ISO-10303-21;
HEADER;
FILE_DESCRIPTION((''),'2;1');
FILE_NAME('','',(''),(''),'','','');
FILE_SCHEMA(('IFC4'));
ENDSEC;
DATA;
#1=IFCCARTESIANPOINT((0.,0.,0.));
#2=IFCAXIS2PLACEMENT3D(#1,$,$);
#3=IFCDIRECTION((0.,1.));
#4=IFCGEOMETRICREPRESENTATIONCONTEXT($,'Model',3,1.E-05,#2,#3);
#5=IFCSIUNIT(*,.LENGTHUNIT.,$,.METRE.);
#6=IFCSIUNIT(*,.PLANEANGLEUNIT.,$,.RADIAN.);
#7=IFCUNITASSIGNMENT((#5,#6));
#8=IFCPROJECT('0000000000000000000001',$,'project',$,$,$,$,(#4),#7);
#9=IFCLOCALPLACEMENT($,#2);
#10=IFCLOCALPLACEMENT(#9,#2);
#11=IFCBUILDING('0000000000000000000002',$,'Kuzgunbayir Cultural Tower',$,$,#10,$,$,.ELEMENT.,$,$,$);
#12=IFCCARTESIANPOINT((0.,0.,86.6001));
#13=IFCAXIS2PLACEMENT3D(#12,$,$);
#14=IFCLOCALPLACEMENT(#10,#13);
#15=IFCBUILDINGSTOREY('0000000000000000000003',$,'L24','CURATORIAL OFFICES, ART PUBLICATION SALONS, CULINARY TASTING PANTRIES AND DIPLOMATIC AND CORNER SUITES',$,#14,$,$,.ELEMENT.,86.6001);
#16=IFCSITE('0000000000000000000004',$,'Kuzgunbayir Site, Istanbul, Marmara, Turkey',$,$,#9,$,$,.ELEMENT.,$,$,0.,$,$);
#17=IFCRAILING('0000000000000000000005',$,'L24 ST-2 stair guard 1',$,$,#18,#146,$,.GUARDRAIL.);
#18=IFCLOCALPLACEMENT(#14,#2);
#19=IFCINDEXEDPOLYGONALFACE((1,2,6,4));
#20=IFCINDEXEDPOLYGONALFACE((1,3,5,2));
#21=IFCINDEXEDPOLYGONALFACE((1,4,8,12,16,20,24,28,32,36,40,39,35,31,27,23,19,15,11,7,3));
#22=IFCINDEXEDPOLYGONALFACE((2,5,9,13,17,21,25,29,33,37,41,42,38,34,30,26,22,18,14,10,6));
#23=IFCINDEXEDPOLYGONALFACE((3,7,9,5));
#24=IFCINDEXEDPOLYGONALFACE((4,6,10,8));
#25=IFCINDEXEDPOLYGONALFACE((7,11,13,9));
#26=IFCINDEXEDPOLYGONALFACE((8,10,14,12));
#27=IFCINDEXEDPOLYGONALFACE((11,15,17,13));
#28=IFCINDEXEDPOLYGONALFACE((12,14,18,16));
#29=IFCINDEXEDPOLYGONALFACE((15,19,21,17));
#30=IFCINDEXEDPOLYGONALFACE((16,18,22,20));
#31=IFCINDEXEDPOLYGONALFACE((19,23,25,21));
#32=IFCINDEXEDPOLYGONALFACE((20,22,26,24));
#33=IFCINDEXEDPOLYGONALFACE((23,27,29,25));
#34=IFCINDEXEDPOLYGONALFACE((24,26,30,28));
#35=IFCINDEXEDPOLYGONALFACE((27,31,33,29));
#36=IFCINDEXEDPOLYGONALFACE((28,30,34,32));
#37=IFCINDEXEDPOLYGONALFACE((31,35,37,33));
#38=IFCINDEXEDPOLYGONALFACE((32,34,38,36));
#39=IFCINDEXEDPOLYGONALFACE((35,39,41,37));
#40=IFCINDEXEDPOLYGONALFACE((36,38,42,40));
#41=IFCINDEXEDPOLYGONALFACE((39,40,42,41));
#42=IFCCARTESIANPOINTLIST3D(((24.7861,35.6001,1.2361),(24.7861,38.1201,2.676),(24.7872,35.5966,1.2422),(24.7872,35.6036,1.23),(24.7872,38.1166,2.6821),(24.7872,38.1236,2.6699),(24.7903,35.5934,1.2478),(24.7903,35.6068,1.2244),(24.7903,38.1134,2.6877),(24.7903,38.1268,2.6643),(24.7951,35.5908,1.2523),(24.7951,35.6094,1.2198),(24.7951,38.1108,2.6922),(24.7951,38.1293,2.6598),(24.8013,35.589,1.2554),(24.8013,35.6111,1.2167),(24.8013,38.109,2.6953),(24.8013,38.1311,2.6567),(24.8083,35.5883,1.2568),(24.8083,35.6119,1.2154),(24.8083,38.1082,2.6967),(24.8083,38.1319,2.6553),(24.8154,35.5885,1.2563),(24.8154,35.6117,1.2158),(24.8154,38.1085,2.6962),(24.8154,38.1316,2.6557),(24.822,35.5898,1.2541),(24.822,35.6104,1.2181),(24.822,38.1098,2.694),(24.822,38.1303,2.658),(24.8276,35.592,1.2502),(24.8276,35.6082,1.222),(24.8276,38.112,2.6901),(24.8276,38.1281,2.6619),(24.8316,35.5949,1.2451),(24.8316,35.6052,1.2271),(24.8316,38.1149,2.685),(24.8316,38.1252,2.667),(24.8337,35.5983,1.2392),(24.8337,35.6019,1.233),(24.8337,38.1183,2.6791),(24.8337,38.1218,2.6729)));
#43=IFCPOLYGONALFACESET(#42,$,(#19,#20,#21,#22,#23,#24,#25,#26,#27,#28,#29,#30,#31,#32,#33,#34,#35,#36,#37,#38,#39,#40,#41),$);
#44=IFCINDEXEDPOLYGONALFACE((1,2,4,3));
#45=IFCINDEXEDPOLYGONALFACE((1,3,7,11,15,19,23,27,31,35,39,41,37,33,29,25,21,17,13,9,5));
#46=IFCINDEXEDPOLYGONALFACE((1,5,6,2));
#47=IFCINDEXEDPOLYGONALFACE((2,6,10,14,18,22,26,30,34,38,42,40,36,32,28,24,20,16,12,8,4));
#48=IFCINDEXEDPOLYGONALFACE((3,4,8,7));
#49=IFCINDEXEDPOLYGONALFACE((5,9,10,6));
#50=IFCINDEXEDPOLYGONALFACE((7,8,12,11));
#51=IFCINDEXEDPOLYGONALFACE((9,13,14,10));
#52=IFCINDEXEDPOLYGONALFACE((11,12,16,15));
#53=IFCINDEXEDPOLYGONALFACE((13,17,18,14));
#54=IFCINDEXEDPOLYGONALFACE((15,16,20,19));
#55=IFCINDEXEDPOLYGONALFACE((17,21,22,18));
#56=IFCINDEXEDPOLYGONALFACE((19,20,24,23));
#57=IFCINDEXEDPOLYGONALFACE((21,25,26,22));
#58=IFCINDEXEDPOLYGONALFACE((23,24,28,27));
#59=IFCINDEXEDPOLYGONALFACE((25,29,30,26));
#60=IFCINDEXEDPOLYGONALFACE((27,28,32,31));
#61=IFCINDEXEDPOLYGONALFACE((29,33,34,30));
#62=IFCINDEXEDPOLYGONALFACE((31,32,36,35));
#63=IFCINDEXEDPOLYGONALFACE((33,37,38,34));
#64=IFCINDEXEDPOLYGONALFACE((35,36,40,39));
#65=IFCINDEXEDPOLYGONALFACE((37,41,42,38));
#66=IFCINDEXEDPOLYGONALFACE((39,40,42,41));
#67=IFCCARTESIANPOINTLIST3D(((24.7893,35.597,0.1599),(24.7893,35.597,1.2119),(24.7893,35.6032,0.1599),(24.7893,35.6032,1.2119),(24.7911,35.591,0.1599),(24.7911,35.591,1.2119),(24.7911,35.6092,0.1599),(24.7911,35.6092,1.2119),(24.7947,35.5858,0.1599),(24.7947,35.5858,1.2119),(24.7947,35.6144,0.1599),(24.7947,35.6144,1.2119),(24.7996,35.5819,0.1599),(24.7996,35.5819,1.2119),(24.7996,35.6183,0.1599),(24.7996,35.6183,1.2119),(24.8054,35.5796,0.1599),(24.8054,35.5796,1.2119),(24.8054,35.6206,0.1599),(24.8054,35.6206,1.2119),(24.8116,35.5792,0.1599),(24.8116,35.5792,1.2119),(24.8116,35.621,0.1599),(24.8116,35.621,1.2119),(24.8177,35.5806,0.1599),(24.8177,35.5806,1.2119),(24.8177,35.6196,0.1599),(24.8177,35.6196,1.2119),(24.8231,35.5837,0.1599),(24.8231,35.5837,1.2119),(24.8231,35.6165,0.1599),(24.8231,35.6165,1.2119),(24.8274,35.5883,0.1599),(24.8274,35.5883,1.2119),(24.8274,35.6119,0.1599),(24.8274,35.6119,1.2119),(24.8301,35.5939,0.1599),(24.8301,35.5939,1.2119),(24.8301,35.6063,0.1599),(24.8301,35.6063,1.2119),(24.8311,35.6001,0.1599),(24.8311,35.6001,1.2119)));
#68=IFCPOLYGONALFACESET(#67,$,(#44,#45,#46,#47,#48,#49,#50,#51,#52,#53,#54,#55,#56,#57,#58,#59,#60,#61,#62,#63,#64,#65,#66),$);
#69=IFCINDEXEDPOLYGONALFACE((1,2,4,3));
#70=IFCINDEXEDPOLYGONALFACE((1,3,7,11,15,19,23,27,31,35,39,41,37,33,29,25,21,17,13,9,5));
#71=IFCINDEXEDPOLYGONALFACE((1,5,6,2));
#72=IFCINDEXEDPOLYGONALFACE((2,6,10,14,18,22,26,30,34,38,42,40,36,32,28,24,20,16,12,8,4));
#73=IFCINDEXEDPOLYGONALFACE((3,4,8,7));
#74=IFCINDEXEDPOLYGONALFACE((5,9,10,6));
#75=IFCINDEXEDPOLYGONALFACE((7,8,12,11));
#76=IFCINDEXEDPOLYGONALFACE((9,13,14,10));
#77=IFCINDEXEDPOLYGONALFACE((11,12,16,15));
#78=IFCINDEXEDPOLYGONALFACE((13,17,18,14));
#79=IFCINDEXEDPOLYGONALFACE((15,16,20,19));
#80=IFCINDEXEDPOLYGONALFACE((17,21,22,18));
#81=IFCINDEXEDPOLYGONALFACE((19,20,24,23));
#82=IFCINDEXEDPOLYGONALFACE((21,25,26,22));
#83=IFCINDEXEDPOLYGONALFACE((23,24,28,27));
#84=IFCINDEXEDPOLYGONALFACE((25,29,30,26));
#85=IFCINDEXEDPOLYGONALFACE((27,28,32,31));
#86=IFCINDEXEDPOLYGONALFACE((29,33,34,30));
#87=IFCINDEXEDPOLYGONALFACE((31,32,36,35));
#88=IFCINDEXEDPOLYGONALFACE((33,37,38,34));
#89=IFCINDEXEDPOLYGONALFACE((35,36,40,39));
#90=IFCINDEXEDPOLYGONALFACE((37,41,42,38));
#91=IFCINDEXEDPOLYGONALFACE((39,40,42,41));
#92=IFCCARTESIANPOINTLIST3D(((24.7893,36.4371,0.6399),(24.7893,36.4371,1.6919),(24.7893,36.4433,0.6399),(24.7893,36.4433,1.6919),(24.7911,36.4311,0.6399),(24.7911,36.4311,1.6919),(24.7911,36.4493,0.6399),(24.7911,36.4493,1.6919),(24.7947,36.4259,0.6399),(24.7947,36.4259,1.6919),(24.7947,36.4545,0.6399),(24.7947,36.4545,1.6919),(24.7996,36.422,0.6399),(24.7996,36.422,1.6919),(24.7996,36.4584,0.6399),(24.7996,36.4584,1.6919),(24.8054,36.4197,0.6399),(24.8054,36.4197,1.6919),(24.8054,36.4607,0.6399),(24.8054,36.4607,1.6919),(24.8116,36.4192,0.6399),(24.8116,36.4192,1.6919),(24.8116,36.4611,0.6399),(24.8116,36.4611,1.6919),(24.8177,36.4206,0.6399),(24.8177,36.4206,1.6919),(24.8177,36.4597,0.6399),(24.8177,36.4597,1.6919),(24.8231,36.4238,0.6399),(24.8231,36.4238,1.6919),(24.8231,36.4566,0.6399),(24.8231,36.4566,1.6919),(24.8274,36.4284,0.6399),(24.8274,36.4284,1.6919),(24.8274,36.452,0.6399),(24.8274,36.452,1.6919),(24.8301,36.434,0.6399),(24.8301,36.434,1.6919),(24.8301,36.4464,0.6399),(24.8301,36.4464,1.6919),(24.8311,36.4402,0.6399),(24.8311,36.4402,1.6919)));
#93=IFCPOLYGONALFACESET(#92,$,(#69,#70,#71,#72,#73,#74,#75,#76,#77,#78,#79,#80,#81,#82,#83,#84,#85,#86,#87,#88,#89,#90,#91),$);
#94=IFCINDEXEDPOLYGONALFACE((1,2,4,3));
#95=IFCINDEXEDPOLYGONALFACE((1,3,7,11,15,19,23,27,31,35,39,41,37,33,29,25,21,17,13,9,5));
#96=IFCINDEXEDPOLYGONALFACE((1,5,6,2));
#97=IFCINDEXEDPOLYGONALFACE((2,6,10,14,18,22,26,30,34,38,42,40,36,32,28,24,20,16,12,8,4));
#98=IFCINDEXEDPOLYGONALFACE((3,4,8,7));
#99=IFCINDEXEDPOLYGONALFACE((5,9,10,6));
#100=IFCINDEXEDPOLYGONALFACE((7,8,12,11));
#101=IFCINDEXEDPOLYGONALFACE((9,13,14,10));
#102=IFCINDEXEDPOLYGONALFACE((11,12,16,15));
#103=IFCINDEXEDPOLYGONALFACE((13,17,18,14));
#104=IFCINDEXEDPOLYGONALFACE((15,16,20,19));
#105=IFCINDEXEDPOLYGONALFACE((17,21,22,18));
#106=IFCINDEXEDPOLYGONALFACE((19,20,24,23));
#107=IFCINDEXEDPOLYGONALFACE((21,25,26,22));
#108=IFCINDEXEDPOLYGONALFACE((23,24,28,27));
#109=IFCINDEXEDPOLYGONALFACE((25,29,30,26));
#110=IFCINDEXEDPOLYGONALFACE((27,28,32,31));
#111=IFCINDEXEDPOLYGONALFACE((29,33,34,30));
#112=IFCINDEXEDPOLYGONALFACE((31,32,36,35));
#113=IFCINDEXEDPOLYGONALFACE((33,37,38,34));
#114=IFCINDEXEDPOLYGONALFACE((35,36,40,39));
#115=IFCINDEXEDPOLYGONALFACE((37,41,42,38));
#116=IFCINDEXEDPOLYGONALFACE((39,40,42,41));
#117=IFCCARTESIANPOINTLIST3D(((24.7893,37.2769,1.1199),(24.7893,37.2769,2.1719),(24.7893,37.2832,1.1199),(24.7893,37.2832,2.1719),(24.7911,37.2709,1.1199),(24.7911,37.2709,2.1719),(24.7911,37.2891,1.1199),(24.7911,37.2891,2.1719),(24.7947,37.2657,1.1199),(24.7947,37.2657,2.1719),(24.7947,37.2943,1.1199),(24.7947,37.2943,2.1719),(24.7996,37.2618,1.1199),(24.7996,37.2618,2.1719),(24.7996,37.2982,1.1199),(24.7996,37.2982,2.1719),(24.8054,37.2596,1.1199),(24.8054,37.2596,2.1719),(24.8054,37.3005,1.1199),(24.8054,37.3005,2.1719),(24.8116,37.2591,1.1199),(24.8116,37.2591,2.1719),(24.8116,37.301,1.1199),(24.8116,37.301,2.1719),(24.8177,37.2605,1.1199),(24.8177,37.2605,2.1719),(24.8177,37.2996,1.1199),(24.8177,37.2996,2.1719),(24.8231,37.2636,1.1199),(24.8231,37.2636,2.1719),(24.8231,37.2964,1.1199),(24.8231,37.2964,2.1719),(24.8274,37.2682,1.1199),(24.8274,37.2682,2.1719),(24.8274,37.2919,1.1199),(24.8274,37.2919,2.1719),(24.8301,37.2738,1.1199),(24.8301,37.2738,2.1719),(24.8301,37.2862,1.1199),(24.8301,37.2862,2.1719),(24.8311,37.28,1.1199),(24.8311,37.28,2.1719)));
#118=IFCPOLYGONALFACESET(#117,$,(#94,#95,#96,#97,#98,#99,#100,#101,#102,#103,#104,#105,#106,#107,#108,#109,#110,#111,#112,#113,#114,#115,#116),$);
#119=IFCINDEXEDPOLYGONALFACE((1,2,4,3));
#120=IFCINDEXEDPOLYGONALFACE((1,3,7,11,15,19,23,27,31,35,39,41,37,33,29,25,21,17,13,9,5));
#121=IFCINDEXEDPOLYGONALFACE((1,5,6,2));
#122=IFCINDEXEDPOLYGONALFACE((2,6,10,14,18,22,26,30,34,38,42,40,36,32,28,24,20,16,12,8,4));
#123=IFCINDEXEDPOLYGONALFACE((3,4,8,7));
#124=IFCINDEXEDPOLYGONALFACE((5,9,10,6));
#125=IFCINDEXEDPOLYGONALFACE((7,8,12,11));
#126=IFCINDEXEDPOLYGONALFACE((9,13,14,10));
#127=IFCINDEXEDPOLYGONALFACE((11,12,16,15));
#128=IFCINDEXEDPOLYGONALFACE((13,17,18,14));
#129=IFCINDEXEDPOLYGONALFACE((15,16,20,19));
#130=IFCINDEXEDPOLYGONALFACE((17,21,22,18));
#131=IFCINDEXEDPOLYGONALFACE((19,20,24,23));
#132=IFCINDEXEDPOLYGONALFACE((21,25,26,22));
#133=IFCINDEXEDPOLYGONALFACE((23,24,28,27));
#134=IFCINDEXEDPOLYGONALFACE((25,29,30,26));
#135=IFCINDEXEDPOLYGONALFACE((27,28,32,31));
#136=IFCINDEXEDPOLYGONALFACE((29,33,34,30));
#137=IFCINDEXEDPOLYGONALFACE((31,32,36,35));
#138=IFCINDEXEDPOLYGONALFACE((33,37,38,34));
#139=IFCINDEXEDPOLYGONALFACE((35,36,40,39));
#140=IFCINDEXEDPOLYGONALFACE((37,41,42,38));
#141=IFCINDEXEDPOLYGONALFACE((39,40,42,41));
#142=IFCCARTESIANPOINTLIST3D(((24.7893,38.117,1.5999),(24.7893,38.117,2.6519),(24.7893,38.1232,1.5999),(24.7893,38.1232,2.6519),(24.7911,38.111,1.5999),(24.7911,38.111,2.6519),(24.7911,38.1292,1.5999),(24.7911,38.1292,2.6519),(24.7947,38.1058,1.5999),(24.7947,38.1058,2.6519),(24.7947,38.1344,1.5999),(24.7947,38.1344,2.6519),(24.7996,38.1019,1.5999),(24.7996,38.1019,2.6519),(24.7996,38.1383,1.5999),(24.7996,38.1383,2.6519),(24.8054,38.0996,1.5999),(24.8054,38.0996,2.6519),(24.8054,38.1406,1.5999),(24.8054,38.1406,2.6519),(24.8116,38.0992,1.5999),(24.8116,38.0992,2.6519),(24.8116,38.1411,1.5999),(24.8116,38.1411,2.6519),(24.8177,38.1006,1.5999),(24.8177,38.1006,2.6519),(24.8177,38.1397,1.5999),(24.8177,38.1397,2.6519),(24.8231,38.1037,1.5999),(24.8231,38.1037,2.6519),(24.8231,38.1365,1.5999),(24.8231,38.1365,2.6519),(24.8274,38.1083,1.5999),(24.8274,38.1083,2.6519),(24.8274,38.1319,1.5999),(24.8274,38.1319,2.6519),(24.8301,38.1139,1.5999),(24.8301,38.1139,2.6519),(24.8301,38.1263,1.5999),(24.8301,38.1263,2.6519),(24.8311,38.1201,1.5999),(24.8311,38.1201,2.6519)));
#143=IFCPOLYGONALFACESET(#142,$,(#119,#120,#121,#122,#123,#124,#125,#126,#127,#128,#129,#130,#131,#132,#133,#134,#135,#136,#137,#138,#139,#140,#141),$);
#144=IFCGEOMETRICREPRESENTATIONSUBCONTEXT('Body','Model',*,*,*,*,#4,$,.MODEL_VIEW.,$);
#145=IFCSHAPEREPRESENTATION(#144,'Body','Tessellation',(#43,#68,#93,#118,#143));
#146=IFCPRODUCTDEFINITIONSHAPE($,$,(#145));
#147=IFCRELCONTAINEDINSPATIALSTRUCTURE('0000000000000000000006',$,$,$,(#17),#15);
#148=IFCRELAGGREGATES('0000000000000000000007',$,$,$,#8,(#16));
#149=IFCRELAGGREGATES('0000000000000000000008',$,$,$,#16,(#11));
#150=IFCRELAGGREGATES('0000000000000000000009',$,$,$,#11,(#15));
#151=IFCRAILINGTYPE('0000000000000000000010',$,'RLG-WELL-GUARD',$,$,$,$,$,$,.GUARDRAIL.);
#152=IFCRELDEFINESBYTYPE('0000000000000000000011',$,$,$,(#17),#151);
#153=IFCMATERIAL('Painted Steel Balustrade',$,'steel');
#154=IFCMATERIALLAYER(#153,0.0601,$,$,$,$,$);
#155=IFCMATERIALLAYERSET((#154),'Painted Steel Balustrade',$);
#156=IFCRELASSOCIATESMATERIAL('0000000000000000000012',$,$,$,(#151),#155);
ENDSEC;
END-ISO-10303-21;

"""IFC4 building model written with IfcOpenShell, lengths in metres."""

from ifc_helpers import new_model, si_unit, direction, frame, origin, origin_2d, place, context, subcontext, project, spatial, circle, extrude, material, layer, layer_set, type_object, element, save


model = new_model("IFC4")

# Units and contexts
model_context = context("Model", 3, precision=1e-05, world=origin(), true_north=direction((0.0, 1.0)))
body_context = subcontext(model_context, "Body", "Model", "MODEL_VIEW")
ifc_project = project(units=[si_unit("LENGTHUNIT", "METRE"), si_unit("PLANEANGLEUNIT", "RADIAN")], contexts=[model_context])

# Site, building, storey
site_placement = place(None, origin())
site = spatial("IfcSite", under=ifc_project, at=site_placement, Name="Kuzgunbayir Site, Istanbul, Marmara, Turkey", CompositionType="ELEMENT", RefElevation=0.0)
building_placement = place(site_placement, origin())
building = spatial("IfcBuilding", under=site, at=building_placement, Name="Kuzgunbayir Cultural Tower", CompositionType="ELEMENT")
storey_placement = place(building_placement, frame((0.0, 0.0, 86.6001)))
storey = spatial("IfcBuildingStorey", under=building, at=storey_placement, Name="L24", Description="CURATORIAL OFFICES, ART PUBLICATION SALONS, CULINARY TASTING PANTRIES AND DIPLOMATIC AND CORNER SUITES", CompositionType="ELEMENT", Elevation=86.6001)

# Railing
ifc_material_1 = material(Name="Painted Steel Balustrade", Category="steel")
ifc_layer_1 = layer(ifc_material_1, 0.0601)
ifc_layer_set_1 = layer_set([ifc_layer_1], Name="Painted Steel Balustrade")
railing_type_1 = type_object("IfcRailingType", Name="RLG-WELL-GUARD", PredefinedType="GUARDRAIL", material=ifc_layer_set_1)
railing_1_placement = place(storey_placement, frame((24.8101, 35.6001, 0.1599)))
element("IfcRailing", 1, at=railing_1_placement, inside=storey, type_object=railing_type_1, Name="L24 ST-2 stair guard 1", PredefinedType="GUARDRAIL", context=body_context, shape_type="SweptSolid", body=[
    extrude(circle(Radius=0.0239, at=origin_2d()), frame((0.0, 0.0, 1.0762), z_axis=(0.0, 0.868253, 0.496121), x_axis=(-1.0, 0.0, 0.0)), (0.0, 0.0, 1.0), 2.9023),
    extrude(circle(Radius=0.021, at=origin_2d()), origin(), (0.0, 0.0, 1.0), 1.052),
    extrude(circle(Radius=0.021, at=origin_2d()), frame((0.0, 0.8401, 0.48)), (0.0, 0.0, 1.0), 1.052),
    extrude(circle(Radius=0.021, at=origin_2d()), frame((0.0, 1.6799, 0.96)), (0.0, 0.0, 1.0), 1.052),
    extrude(circle(Radius=0.021, at=origin_2d()), frame((0.0, 2.52, 1.4399)), (0.0, 0.0, 1.0), 1.052),
])

save(model, "model.ifc")
